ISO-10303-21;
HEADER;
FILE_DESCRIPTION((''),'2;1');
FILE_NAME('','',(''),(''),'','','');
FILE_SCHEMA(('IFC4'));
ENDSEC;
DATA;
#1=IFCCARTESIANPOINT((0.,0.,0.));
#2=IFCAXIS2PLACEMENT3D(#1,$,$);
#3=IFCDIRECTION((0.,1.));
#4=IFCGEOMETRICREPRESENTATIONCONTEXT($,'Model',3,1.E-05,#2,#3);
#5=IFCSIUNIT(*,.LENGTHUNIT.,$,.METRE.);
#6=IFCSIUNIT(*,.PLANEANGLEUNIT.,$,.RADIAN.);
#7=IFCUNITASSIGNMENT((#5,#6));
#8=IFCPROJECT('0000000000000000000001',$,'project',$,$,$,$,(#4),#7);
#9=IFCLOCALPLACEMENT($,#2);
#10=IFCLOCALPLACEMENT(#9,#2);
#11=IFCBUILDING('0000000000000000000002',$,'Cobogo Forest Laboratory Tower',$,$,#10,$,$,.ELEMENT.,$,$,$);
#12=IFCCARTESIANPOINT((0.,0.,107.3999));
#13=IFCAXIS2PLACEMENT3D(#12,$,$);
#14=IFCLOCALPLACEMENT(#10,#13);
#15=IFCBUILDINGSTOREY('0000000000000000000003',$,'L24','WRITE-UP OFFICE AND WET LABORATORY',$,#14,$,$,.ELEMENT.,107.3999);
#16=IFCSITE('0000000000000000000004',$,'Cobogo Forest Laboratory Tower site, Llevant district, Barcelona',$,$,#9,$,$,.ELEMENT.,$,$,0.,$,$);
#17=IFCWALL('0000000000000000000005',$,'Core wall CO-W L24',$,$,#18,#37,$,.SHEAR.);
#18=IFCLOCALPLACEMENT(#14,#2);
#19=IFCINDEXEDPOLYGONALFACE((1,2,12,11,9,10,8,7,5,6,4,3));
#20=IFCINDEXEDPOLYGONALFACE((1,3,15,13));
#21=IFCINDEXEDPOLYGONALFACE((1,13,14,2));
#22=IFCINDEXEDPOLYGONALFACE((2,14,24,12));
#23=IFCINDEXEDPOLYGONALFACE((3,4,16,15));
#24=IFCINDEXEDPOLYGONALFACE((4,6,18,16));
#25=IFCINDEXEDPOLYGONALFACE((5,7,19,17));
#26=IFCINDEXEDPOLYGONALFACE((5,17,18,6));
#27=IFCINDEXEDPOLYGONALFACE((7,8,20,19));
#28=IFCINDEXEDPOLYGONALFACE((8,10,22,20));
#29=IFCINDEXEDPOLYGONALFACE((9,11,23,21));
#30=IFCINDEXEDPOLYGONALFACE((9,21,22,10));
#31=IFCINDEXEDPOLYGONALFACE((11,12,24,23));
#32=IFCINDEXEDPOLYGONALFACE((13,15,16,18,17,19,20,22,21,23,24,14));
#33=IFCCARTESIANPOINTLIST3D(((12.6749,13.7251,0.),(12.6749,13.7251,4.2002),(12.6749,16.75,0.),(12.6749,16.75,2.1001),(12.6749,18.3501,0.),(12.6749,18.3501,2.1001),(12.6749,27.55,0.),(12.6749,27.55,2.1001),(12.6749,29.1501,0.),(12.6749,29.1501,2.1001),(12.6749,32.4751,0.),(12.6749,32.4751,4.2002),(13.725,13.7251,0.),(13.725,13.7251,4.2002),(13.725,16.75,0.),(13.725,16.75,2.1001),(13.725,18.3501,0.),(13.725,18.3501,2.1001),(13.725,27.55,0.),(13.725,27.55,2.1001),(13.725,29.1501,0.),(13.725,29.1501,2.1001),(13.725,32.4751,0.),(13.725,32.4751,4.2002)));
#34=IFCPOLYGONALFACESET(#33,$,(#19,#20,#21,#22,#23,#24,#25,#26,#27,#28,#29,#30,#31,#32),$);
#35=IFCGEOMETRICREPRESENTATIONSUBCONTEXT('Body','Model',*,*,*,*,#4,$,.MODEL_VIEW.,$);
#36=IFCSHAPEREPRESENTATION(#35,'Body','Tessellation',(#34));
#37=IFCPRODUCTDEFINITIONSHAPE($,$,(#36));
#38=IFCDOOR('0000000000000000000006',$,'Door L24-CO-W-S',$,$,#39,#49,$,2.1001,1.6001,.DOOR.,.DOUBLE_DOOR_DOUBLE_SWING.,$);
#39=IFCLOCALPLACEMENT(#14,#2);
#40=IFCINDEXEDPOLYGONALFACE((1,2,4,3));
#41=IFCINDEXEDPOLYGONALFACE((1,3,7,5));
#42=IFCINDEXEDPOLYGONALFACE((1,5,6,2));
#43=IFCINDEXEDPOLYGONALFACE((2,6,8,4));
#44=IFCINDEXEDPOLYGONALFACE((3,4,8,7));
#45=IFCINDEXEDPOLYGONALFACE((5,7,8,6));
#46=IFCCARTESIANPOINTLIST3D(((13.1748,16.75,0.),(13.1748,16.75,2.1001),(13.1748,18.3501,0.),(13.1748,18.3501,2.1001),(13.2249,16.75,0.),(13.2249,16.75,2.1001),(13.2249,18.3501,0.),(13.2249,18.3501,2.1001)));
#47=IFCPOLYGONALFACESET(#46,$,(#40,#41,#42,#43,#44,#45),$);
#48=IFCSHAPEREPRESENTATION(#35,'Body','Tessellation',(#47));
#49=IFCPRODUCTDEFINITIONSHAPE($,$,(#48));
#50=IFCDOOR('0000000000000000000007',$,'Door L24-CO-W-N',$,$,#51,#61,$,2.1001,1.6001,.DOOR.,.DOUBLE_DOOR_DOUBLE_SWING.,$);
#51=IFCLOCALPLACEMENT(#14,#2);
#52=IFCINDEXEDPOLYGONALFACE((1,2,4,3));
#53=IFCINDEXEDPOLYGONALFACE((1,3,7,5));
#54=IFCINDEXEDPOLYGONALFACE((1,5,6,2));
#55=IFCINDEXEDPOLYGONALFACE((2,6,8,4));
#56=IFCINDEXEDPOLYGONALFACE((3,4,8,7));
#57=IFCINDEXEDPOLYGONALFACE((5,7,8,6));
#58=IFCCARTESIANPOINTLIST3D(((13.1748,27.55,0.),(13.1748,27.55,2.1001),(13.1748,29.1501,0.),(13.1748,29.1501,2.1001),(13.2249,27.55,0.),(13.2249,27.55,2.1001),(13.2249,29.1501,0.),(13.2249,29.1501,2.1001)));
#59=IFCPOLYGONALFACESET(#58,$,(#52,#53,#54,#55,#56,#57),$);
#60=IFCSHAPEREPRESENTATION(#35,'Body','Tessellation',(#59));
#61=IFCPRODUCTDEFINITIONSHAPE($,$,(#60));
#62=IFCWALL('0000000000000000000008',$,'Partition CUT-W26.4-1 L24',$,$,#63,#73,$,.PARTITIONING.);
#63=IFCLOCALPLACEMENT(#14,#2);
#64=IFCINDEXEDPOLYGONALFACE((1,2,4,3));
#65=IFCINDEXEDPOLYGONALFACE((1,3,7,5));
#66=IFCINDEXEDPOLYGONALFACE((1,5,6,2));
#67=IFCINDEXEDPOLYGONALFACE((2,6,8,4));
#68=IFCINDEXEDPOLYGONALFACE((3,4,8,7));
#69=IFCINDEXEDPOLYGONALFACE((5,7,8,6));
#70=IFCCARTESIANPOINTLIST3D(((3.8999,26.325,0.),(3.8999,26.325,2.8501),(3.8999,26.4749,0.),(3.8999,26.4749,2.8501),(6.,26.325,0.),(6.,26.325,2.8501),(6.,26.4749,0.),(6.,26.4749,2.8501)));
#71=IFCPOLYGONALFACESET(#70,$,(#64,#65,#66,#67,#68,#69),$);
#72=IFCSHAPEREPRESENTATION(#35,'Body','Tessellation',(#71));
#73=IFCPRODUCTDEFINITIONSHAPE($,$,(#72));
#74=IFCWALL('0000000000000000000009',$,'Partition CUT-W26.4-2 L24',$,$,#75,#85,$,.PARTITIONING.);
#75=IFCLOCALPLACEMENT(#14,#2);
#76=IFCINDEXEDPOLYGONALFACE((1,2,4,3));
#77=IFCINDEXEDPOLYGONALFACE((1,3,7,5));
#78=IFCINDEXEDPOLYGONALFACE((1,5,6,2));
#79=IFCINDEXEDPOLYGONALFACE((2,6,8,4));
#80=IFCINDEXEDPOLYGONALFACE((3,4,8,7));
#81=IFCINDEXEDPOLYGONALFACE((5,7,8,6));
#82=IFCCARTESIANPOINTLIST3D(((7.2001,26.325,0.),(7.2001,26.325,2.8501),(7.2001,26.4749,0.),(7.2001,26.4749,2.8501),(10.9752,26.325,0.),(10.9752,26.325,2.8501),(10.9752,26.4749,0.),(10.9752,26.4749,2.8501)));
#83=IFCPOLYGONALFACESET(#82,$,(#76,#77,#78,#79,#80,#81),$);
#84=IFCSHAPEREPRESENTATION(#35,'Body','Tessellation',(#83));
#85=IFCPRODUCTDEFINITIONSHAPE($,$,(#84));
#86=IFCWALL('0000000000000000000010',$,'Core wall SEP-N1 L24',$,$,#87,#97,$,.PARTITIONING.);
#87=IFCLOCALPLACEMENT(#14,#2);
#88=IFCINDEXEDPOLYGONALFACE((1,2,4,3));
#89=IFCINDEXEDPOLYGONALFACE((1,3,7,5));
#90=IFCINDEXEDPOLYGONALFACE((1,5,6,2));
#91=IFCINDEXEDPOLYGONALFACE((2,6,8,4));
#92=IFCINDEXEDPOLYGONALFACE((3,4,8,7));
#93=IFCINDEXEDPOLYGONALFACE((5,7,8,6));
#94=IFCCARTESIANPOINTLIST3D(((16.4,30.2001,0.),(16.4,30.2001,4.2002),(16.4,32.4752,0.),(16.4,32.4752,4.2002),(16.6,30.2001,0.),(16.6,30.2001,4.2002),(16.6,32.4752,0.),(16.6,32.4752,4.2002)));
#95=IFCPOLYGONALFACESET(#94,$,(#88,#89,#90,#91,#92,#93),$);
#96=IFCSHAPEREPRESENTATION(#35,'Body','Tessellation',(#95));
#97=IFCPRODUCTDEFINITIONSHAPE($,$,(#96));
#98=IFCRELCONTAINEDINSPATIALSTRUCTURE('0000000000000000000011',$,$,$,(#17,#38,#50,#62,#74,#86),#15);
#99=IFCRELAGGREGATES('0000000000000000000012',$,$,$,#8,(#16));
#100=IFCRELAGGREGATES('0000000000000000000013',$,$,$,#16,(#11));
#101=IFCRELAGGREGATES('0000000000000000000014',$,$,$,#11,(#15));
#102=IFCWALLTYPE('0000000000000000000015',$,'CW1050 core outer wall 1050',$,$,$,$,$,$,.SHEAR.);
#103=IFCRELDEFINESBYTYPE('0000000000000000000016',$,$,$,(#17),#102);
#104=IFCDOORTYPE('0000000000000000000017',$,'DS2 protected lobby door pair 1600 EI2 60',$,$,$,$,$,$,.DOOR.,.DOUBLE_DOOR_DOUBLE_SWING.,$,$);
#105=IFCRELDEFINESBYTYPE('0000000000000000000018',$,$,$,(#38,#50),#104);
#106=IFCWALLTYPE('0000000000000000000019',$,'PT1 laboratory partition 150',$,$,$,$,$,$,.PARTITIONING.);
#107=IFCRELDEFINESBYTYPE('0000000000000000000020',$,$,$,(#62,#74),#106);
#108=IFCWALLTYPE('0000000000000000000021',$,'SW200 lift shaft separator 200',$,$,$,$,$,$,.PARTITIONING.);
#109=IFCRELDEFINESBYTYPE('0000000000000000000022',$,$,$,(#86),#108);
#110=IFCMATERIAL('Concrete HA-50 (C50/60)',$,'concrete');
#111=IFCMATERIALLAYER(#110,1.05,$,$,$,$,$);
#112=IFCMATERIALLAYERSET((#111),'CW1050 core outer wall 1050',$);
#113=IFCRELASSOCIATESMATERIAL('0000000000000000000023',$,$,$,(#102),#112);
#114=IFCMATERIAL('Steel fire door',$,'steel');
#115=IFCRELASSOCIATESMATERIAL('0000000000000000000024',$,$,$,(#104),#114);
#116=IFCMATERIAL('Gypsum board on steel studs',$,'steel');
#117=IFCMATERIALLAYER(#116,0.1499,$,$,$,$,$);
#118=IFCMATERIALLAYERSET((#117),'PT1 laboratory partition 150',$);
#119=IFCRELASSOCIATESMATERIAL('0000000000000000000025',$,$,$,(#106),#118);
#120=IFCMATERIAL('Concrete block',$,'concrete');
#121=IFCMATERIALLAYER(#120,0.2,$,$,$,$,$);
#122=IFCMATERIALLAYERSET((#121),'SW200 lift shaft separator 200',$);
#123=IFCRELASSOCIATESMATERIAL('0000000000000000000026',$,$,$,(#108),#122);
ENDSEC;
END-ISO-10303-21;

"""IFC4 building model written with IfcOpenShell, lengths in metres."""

from ifc_helpers import new_model, si_unit, direction, frame, frame_2d, origin, place, context, subcontext, project, spatial, rectangle, extrude, material, layer, layer_set, type_object, element, fill, save


model = new_model("IFC4")

# Units and contexts
model_context = context("Model", 3, precision=1e-05, world=origin(), true_north=direction((0.0, 1.0)))
body_context = subcontext(model_context, "Body", "Model", "MODEL_VIEW")
ifc_project = project(units=[si_unit("LENGTHUNIT", "METRE"), si_unit("PLANEANGLEUNIT", "RADIAN")], contexts=[model_context])

# Site, building, storey
site_placement = place(None, origin())
site = spatial("IfcSite", under=ifc_project, at=site_placement, Name="Cobogo Forest Laboratory Tower site, Llevant district, Barcelona", CompositionType="ELEMENT", RefElevation=0.0)
building_placement = place(site_placement, origin())
building = spatial("IfcBuilding", under=site, at=building_placement, Name="Cobogo Forest Laboratory Tower", CompositionType="ELEMENT")
storey_placement = place(building_placement, frame((0.0, 0.0, 107.3999)))
storey = spatial("IfcBuildingStorey", under=building, at=storey_placement, Name="L24", Description="WRITE-UP OFFICE AND WET LABORATORY", CompositionType="ELEMENT", Elevation=107.3999)

# Shared definitions
ifc_material_1 = material(Name="Concrete HA-50 (C50/60)", Category="concrete")

# Shared definitions
ifc_material_2 = material(Name="Steel fire door", Category="steel")

# Wall, openings, doors
ifc_layer_1 = layer(ifc_material_1, 1.05)
ifc_layer_set_1 = layer_set([ifc_layer_1], Name="CW1050 core outer wall 1050")
wall_type_1 = type_object("IfcWallType", Name="CW1050 core outer wall 1050", PredefinedType="SHEAR", material=ifc_layer_set_1)
wall_1_placement = place(storey_placement, frame((13.2, 32.4751, 0.0), z_axis=(0.0, 0.0, 1.0), x_axis=(0.0, -1.0, 0.0)))
wall_1 = element("IfcWall", 1, at=wall_1_placement, inside=storey, type_object=wall_type_1, Name="Core wall CO-W L24", PredefinedType="SHEAR", context=body_context, shape_type="SweptSolid", body=[
    extrude(rectangle(XDim=18.75, YDim=1.05, at=frame_2d((9.375, 0.0))), origin(), (0.0, 0.0, 1.0), 4.2002),
])
opening_1_placement = place(wall_1_placement, frame((14.125, 0.0, 0.0)))
opening_1 = element("IfcOpeningElement", 2, at=opening_1_placement, cuts=wall_1, PredefinedType="OPENING", context=body_context, shape_type="SweptSolid", body=[
    extrude(rectangle(XDim=1.6001, YDim=2.1001, at=frame_2d((0.8, 1.05))), frame((0.0, 0.5349, 0.0), z_axis=(0.0, -1.0, 0.0), x_axis=(1.0, 0.0, 0.0)), (0.0, 0.0, 1.0), 1.0701),
])
opening_2_placement = place(wall_1_placement, frame((3.325, 0.0, 0.0)))
opening_2 = element("IfcOpeningElement", 3, at=opening_2_placement, cuts=wall_1, PredefinedType="OPENING", context=body_context, shape_type="SweptSolid", body=[
    extrude(rectangle(XDim=1.6001, YDim=2.1001, at=frame_2d((0.8, 1.05))), frame((0.0, 0.5349, 0.0), z_axis=(0.0, -1.0, 0.0), x_axis=(1.0, 0.0, 0.0)), (0.0, 0.0, 1.0), 1.0701),
])
door_type_1 = type_object("IfcDoorType", Name="DS2 protected lobby door pair 1600 EI2 60", OperationType="DOUBLE_DOOR_DOUBLE_SWING", PredefinedType="DOOR", material=ifc_material_2)
door_1_placement = place(opening_1_placement, origin())
door_1 = element("IfcDoor", 4, at=door_1_placement, inside=storey, type_object=door_type_1, Name="Door L24-CO-W-S", OperationType="DOUBLE_DOOR_DOUBLE_SWING", OverallHeight=2.1001, OverallWidth=1.6001, PredefinedType="DOOR", context=body_context, shape_type="SweptSolid", body=[
    extrude(rectangle(XDim=1.6001, YDim=2.1001, at=frame_2d((0.8, 1.05))), frame((0.0, 0.0249, 0.0), z_axis=(0.0, -1.0, 0.0), x_axis=(1.0, 0.0, 0.0)), (0.0, 0.0, 1.0), 0.05),
])
fill(opening_1, door_1)
door_2_placement = place(opening_2_placement, origin())
door_2 = element("IfcDoor", 5, at=door_2_placement, inside=storey, type_object=door_type_1, Name="Door L24-CO-W-N", OperationType="DOUBLE_DOOR_DOUBLE_SWING", OverallHeight=2.1001, OverallWidth=1.6001, PredefinedType="DOOR", context=body_context, shape_type="SweptSolid", body=[
    extrude(rectangle(XDim=1.6001, YDim=2.1001, at=frame_2d((0.8, 1.05))), frame((0.0, 0.0249, 0.0), z_axis=(0.0, -1.0, 0.0), x_axis=(1.0, 0.0, 0.0)), (0.0, 0.0, 1.0), 0.05),
])
fill(opening_2, door_2)

# Walls
ifc_material_3 = material(Name="Gypsum board on steel studs", Category="steel")
ifc_layer_2 = layer(ifc_material_3, 0.1499)
ifc_layer_set_2 = layer_set([ifc_layer_2], Name="PT1 laboratory partition 150")
wall_type_2 = type_object("IfcWallType", Name="PT1 laboratory partition 150", PredefinedType="PARTITIONING", material=ifc_layer_set_2)
wall_2_placement = place(storey_placement, frame((3.8999, 26.3999, 0.0), z_axis=(0.0, 0.0, 1.0), x_axis=(1.0, 0.0, 0.0)))
element("IfcWall", 6, at=wall_2_placement, inside=storey, type_object=wall_type_2, Name="Partition CUT-W26.4-1 L24", PredefinedType="PARTITIONING", context=body_context, shape_type="SweptSolid", body=[
    extrude(rectangle(XDim=2.1001, YDim=0.1499, at=frame_2d((1.05, 0.0))), origin(), (0.0, 0.0, 1.0), 2.8501),
])
wall_3_placement = place(storey_placement, frame((7.2, 26.3999, 0.0), z_axis=(0.0, 0.0, 1.0), x_axis=(1.0, 0.0, 0.0)))
element("IfcWall", 7, at=wall_3_placement, inside=storey, type_object=wall_type_2, Name="Partition CUT-W26.4-2 L24", PredefinedType="PARTITIONING", context=body_context, shape_type="SweptSolid", body=[
    extrude(rectangle(XDim=3.7751, YDim=0.1499, at=frame_2d((1.8877, 0.0))), origin(), (0.0, 0.0, 1.0), 2.8501),
])
ifc_material_4 = material(Name="Concrete block", Category="concrete")
ifc_layer_3 = layer(ifc_material_4, 0.2)
ifc_layer_set_3 = layer_set([ifc_layer_3], Name="SW200 lift shaft separator 200")
wall_type_3 = type_object("IfcWallType", Name="SW200 lift shaft separator 200", PredefinedType="PARTITIONING", material=ifc_layer_set_3)
wall_4_placement = place(storey_placement, frame((16.5, 30.2, 0.0), z_axis=(0.0, 0.0, 1.0), x_axis=(0.0, 1.0, 0.0)))
element("IfcWall", 8, at=wall_4_placement, inside=storey, type_object=wall_type_3, Name="Core wall SEP-N1 L24", PredefinedType="PARTITIONING", context=body_context, shape_type="SweptSolid", body=[
    extrude(rectangle(XDim=2.2751, YDim=0.2, at=frame_2d((1.1377, 0.0))), origin(), (0.0, 0.0, 1.0), 4.2002),
])

save(model, "model.ifc")
